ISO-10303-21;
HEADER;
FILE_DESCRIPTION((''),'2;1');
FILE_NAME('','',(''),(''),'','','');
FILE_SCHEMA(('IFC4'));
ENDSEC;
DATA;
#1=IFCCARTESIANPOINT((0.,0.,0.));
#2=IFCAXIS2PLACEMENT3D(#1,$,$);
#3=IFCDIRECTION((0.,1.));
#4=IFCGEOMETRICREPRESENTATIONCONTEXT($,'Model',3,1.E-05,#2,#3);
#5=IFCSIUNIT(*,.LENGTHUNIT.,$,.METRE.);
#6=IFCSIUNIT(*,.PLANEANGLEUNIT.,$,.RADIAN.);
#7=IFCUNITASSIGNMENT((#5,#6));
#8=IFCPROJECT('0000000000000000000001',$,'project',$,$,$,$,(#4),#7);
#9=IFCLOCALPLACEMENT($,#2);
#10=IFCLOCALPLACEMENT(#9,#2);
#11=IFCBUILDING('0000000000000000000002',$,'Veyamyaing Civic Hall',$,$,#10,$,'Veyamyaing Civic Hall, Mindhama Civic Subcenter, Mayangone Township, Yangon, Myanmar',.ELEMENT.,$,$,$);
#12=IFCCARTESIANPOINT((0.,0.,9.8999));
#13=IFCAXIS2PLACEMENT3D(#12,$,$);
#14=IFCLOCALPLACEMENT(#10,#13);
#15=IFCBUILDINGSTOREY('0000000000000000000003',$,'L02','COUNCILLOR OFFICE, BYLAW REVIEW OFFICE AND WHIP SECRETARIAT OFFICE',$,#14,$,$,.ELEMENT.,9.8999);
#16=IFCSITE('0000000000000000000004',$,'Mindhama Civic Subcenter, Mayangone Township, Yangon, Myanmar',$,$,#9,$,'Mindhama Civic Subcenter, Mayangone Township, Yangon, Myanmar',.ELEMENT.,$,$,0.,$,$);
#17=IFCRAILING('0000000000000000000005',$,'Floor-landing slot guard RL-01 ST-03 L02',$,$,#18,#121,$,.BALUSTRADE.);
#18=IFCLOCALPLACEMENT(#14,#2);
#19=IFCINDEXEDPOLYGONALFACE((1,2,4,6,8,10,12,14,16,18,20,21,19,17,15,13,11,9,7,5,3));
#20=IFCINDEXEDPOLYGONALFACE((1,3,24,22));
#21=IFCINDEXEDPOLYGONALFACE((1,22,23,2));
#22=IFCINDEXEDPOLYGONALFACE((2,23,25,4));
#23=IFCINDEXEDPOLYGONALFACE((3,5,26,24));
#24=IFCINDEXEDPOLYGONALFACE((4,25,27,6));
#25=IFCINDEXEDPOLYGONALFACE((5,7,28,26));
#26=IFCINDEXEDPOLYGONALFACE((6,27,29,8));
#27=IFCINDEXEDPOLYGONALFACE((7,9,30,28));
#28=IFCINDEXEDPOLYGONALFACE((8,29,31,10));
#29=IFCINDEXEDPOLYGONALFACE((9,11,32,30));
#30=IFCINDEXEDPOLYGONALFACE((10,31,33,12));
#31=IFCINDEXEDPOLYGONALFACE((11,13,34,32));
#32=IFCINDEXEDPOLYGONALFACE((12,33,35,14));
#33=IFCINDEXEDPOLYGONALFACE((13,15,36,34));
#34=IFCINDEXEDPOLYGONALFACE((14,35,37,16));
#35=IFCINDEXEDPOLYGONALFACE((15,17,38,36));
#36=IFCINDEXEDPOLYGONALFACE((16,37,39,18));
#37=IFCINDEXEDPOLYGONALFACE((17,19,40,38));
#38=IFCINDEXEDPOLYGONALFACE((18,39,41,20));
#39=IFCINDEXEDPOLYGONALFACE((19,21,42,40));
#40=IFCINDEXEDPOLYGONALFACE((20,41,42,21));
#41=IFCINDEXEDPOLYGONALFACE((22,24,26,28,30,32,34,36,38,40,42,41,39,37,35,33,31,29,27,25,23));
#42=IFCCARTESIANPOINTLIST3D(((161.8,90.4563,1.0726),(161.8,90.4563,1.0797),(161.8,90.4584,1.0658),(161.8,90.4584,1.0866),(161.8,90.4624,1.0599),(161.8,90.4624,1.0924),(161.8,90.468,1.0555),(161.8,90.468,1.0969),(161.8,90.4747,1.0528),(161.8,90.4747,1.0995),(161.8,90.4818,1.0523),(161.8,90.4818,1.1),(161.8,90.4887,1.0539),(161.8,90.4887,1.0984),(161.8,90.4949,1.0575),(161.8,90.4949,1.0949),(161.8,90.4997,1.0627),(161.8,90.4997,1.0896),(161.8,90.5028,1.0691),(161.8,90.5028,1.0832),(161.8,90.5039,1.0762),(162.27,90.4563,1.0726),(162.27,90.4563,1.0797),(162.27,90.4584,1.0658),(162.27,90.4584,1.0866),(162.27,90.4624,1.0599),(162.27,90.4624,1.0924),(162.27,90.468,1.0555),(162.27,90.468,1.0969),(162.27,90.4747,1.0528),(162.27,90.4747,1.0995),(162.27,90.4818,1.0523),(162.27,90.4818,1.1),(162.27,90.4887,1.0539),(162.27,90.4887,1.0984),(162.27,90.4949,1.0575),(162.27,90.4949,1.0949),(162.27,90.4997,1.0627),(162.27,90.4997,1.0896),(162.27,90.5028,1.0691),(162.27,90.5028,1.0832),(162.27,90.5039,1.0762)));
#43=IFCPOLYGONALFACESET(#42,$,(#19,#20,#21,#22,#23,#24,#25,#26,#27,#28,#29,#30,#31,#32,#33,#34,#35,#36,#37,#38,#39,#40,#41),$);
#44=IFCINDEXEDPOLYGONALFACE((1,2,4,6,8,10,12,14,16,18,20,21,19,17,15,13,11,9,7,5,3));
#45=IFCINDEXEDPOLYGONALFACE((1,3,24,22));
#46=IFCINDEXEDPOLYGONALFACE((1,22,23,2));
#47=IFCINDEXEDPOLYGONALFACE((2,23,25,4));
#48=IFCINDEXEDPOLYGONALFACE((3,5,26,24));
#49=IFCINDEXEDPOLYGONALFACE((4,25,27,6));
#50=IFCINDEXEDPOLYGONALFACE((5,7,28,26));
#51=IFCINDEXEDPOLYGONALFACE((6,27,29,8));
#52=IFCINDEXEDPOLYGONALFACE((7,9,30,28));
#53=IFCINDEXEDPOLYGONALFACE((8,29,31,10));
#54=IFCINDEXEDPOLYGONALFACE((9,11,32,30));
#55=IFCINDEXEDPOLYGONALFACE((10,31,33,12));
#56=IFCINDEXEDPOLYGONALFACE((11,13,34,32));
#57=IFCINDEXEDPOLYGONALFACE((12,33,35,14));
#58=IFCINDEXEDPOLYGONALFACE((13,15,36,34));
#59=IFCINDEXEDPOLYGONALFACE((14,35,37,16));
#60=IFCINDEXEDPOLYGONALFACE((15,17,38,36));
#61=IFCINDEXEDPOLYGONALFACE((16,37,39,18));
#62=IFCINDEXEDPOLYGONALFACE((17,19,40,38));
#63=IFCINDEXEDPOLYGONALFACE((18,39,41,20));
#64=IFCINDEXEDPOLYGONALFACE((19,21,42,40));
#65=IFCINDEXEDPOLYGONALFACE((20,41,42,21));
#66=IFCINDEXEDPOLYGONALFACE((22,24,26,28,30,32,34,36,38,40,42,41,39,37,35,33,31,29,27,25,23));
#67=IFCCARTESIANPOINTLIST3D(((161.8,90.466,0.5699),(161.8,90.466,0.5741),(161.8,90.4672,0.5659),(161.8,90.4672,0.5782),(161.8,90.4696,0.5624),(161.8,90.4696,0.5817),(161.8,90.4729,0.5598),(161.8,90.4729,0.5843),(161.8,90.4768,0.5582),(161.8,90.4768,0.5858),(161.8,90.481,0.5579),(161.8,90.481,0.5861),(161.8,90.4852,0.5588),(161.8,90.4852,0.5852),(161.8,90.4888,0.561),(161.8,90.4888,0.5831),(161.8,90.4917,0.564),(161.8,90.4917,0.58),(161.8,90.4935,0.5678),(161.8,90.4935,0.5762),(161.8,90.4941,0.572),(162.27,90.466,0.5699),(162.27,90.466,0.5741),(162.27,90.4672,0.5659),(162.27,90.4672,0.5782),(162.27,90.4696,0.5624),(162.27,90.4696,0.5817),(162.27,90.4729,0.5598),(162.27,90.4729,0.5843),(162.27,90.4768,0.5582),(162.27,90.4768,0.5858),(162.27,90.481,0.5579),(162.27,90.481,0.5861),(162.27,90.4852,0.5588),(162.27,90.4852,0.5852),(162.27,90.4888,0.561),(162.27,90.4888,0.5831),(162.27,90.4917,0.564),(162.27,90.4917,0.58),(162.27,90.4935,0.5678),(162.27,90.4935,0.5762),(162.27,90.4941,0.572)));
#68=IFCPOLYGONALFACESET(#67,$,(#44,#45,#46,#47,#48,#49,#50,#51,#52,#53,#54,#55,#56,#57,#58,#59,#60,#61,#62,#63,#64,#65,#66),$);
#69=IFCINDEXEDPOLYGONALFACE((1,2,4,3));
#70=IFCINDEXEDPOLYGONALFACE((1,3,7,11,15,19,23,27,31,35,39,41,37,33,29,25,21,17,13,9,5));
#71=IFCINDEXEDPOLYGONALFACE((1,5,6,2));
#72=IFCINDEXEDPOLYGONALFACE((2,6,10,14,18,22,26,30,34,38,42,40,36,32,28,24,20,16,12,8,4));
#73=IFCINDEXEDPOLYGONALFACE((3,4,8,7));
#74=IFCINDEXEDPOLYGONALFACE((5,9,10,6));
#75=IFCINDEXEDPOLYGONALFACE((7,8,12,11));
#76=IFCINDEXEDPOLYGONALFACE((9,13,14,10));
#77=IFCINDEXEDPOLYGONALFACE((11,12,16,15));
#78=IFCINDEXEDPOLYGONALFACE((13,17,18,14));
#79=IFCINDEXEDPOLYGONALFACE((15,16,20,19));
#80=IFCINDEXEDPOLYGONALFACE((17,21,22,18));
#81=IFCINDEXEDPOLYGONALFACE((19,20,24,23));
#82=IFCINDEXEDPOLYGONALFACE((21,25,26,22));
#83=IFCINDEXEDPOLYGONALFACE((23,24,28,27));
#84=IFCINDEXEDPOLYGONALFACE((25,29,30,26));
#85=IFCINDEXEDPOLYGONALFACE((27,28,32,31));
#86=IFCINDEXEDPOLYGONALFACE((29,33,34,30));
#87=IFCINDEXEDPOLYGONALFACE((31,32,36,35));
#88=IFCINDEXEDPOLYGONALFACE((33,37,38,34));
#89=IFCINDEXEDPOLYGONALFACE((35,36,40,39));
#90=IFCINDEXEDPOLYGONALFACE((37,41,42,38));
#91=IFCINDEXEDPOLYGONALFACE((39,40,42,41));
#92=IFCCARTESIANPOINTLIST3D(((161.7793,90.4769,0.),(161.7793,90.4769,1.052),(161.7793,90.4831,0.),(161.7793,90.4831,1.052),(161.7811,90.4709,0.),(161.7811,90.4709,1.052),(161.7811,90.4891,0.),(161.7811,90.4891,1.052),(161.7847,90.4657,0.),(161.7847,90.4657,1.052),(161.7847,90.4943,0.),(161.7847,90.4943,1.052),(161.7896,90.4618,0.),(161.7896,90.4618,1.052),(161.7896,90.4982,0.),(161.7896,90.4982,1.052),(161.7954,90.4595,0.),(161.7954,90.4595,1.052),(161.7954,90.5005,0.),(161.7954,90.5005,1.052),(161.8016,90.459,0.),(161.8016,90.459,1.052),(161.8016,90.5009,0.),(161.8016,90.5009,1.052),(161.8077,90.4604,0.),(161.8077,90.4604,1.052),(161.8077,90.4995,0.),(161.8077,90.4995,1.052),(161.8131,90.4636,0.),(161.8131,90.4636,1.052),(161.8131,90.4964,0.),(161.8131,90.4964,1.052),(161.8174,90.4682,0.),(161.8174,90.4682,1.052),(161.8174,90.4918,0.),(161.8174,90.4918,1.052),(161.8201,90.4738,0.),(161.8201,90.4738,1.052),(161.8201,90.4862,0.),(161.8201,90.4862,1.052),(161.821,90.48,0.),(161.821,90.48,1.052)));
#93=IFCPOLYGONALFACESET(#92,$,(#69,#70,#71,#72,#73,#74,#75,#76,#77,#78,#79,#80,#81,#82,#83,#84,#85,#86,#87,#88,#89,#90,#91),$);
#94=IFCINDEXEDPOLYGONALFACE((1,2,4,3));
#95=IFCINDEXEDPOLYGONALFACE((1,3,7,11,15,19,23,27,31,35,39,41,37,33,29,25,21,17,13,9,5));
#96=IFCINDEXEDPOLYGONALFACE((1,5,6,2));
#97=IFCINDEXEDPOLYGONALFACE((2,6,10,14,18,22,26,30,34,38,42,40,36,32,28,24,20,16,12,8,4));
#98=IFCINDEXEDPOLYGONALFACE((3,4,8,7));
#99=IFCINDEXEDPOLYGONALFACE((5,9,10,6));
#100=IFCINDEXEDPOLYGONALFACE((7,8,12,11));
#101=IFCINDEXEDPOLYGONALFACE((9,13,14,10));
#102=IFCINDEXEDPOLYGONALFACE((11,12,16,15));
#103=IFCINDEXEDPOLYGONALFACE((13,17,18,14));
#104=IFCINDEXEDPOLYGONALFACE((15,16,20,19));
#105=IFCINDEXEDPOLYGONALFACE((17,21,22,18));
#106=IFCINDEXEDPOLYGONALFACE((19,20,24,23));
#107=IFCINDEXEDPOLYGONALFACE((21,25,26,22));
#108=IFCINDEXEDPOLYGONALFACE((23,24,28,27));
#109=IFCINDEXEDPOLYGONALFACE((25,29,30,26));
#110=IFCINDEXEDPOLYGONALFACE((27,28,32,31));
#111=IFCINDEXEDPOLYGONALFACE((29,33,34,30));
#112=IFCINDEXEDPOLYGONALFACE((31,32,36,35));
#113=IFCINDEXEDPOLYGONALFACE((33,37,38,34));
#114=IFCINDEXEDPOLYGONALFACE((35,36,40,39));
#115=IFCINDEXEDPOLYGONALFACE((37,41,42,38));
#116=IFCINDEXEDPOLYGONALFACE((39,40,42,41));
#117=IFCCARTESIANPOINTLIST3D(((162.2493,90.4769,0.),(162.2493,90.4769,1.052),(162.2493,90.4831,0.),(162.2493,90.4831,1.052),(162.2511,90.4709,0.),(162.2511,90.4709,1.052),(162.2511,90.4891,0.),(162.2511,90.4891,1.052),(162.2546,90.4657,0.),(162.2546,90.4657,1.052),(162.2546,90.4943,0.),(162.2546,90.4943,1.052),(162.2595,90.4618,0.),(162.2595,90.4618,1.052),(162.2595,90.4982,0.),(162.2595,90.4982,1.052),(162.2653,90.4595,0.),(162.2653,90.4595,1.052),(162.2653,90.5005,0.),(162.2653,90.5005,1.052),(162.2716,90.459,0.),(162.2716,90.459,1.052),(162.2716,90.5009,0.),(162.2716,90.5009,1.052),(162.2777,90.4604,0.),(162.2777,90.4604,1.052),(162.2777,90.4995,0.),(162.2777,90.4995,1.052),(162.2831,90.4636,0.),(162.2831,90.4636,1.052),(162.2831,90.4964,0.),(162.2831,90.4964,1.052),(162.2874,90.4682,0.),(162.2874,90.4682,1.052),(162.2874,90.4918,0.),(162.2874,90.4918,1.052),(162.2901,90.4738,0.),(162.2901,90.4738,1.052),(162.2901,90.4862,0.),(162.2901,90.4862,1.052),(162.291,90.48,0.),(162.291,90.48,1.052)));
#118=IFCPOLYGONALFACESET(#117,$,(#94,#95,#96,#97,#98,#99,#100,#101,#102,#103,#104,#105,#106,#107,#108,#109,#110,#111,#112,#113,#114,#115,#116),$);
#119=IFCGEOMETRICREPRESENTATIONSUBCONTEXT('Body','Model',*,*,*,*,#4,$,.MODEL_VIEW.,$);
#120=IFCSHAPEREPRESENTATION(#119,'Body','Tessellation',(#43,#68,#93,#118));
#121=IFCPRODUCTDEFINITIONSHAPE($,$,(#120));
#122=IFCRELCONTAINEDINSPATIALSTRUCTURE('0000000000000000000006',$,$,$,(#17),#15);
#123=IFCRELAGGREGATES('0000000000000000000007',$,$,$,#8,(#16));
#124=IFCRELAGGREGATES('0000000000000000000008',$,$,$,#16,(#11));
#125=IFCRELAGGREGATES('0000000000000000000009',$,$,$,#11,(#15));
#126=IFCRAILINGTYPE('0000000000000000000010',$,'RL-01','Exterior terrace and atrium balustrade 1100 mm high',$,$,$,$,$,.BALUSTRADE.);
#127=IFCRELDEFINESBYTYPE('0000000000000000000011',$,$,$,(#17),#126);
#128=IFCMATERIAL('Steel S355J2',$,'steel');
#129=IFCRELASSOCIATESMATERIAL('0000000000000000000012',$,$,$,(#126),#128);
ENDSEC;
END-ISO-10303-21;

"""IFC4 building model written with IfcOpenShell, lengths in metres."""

from ifc_helpers import new_model, si_unit, direction, frame, origin, origin_2d, place, context, subcontext, project, spatial, circle, extrude, material, type_object, element, save


model = new_model("IFC4")

# Units and contexts
model_context = context("Model", 3, precision=1e-05, world=origin(), true_north=direction((0.0, 1.0)))
body_context = subcontext(model_context, "Body", "Model", "MODEL_VIEW")
ifc_project = project(units=[si_unit("LENGTHUNIT", "METRE"), si_unit("PLANEANGLEUNIT", "RADIAN")], contexts=[model_context])

# Site, building, storey
site_placement = place(None, origin())
site = spatial("IfcSite", under=ifc_project, at=site_placement, Name="Mindhama Civic Subcenter, Mayangone Township, Yangon, Myanmar", LongName="Mindhama Civic Subcenter, Mayangone Township, Yangon, Myanmar", CompositionType="ELEMENT", RefElevation=0.0)
building_placement = place(site_placement, origin())
building = spatial("IfcBuilding", under=site, at=building_placement, Name="Veyamyaing Civic Hall", LongName="Veyamyaing Civic Hall, Mindhama Civic Subcenter, Mayangone Township, Yangon, Myanmar", CompositionType="ELEMENT")
storey_placement = place(building_placement, frame((0.0, 0.0, 9.8999)))
storey = spatial("IfcBuildingStorey", under=building, at=storey_placement, Name="L02", Description="COUNCILLOR OFFICE, BYLAW REVIEW OFFICE AND WHIP SECRETARIAT OFFICE", CompositionType="ELEMENT", Elevation=9.8999)

# Railing
ifc_material_1 = material(Name="Steel S355J2", Category="steel")
railing_type_1 = type_object("IfcRailingType", Name="RL-01", Description="Exterior terrace and atrium balustrade 1100 mm high", PredefinedType="BALUSTRADE", material=ifc_material_1)
railing_1_placement = place(storey_placement, frame((161.8, 90.48, 0.0)))
element("IfcRailing", 1, at=railing_1_placement, inside=storey, type_object=railing_type_1, Name="Floor-landing slot guard RL-01 ST-03 L02", PredefinedType="BALUSTRADE", context=body_context, shape_type="SweptSolid", body=[
    extrude(circle(Radius=0.0239, at=origin_2d()), frame((0.0, 0.0, 1.0762), z_axis=(1.0, 0.0, 0.0), x_axis=(0.0, 1.0, 0.0)), (0.0, 0.0, 1.0), 0.47),
    extrude(circle(Radius=0.0142, at=origin_2d()), frame((0.0, 0.0, 0.572), z_axis=(1.0, 0.0, 0.0), x_axis=(0.0, 1.0, 0.0)), (0.0, 0.0, 1.0), 0.47),
    extrude(circle(Radius=0.021, at=origin_2d()), origin(), (0.0, 0.0, 1.0), 1.052),
    extrude(circle(Radius=0.021, at=origin_2d()), frame((0.47, 0.0, 0.0)), (0.0, 0.0, 1.0), 1.052),
])

save(model, "model.ifc")
